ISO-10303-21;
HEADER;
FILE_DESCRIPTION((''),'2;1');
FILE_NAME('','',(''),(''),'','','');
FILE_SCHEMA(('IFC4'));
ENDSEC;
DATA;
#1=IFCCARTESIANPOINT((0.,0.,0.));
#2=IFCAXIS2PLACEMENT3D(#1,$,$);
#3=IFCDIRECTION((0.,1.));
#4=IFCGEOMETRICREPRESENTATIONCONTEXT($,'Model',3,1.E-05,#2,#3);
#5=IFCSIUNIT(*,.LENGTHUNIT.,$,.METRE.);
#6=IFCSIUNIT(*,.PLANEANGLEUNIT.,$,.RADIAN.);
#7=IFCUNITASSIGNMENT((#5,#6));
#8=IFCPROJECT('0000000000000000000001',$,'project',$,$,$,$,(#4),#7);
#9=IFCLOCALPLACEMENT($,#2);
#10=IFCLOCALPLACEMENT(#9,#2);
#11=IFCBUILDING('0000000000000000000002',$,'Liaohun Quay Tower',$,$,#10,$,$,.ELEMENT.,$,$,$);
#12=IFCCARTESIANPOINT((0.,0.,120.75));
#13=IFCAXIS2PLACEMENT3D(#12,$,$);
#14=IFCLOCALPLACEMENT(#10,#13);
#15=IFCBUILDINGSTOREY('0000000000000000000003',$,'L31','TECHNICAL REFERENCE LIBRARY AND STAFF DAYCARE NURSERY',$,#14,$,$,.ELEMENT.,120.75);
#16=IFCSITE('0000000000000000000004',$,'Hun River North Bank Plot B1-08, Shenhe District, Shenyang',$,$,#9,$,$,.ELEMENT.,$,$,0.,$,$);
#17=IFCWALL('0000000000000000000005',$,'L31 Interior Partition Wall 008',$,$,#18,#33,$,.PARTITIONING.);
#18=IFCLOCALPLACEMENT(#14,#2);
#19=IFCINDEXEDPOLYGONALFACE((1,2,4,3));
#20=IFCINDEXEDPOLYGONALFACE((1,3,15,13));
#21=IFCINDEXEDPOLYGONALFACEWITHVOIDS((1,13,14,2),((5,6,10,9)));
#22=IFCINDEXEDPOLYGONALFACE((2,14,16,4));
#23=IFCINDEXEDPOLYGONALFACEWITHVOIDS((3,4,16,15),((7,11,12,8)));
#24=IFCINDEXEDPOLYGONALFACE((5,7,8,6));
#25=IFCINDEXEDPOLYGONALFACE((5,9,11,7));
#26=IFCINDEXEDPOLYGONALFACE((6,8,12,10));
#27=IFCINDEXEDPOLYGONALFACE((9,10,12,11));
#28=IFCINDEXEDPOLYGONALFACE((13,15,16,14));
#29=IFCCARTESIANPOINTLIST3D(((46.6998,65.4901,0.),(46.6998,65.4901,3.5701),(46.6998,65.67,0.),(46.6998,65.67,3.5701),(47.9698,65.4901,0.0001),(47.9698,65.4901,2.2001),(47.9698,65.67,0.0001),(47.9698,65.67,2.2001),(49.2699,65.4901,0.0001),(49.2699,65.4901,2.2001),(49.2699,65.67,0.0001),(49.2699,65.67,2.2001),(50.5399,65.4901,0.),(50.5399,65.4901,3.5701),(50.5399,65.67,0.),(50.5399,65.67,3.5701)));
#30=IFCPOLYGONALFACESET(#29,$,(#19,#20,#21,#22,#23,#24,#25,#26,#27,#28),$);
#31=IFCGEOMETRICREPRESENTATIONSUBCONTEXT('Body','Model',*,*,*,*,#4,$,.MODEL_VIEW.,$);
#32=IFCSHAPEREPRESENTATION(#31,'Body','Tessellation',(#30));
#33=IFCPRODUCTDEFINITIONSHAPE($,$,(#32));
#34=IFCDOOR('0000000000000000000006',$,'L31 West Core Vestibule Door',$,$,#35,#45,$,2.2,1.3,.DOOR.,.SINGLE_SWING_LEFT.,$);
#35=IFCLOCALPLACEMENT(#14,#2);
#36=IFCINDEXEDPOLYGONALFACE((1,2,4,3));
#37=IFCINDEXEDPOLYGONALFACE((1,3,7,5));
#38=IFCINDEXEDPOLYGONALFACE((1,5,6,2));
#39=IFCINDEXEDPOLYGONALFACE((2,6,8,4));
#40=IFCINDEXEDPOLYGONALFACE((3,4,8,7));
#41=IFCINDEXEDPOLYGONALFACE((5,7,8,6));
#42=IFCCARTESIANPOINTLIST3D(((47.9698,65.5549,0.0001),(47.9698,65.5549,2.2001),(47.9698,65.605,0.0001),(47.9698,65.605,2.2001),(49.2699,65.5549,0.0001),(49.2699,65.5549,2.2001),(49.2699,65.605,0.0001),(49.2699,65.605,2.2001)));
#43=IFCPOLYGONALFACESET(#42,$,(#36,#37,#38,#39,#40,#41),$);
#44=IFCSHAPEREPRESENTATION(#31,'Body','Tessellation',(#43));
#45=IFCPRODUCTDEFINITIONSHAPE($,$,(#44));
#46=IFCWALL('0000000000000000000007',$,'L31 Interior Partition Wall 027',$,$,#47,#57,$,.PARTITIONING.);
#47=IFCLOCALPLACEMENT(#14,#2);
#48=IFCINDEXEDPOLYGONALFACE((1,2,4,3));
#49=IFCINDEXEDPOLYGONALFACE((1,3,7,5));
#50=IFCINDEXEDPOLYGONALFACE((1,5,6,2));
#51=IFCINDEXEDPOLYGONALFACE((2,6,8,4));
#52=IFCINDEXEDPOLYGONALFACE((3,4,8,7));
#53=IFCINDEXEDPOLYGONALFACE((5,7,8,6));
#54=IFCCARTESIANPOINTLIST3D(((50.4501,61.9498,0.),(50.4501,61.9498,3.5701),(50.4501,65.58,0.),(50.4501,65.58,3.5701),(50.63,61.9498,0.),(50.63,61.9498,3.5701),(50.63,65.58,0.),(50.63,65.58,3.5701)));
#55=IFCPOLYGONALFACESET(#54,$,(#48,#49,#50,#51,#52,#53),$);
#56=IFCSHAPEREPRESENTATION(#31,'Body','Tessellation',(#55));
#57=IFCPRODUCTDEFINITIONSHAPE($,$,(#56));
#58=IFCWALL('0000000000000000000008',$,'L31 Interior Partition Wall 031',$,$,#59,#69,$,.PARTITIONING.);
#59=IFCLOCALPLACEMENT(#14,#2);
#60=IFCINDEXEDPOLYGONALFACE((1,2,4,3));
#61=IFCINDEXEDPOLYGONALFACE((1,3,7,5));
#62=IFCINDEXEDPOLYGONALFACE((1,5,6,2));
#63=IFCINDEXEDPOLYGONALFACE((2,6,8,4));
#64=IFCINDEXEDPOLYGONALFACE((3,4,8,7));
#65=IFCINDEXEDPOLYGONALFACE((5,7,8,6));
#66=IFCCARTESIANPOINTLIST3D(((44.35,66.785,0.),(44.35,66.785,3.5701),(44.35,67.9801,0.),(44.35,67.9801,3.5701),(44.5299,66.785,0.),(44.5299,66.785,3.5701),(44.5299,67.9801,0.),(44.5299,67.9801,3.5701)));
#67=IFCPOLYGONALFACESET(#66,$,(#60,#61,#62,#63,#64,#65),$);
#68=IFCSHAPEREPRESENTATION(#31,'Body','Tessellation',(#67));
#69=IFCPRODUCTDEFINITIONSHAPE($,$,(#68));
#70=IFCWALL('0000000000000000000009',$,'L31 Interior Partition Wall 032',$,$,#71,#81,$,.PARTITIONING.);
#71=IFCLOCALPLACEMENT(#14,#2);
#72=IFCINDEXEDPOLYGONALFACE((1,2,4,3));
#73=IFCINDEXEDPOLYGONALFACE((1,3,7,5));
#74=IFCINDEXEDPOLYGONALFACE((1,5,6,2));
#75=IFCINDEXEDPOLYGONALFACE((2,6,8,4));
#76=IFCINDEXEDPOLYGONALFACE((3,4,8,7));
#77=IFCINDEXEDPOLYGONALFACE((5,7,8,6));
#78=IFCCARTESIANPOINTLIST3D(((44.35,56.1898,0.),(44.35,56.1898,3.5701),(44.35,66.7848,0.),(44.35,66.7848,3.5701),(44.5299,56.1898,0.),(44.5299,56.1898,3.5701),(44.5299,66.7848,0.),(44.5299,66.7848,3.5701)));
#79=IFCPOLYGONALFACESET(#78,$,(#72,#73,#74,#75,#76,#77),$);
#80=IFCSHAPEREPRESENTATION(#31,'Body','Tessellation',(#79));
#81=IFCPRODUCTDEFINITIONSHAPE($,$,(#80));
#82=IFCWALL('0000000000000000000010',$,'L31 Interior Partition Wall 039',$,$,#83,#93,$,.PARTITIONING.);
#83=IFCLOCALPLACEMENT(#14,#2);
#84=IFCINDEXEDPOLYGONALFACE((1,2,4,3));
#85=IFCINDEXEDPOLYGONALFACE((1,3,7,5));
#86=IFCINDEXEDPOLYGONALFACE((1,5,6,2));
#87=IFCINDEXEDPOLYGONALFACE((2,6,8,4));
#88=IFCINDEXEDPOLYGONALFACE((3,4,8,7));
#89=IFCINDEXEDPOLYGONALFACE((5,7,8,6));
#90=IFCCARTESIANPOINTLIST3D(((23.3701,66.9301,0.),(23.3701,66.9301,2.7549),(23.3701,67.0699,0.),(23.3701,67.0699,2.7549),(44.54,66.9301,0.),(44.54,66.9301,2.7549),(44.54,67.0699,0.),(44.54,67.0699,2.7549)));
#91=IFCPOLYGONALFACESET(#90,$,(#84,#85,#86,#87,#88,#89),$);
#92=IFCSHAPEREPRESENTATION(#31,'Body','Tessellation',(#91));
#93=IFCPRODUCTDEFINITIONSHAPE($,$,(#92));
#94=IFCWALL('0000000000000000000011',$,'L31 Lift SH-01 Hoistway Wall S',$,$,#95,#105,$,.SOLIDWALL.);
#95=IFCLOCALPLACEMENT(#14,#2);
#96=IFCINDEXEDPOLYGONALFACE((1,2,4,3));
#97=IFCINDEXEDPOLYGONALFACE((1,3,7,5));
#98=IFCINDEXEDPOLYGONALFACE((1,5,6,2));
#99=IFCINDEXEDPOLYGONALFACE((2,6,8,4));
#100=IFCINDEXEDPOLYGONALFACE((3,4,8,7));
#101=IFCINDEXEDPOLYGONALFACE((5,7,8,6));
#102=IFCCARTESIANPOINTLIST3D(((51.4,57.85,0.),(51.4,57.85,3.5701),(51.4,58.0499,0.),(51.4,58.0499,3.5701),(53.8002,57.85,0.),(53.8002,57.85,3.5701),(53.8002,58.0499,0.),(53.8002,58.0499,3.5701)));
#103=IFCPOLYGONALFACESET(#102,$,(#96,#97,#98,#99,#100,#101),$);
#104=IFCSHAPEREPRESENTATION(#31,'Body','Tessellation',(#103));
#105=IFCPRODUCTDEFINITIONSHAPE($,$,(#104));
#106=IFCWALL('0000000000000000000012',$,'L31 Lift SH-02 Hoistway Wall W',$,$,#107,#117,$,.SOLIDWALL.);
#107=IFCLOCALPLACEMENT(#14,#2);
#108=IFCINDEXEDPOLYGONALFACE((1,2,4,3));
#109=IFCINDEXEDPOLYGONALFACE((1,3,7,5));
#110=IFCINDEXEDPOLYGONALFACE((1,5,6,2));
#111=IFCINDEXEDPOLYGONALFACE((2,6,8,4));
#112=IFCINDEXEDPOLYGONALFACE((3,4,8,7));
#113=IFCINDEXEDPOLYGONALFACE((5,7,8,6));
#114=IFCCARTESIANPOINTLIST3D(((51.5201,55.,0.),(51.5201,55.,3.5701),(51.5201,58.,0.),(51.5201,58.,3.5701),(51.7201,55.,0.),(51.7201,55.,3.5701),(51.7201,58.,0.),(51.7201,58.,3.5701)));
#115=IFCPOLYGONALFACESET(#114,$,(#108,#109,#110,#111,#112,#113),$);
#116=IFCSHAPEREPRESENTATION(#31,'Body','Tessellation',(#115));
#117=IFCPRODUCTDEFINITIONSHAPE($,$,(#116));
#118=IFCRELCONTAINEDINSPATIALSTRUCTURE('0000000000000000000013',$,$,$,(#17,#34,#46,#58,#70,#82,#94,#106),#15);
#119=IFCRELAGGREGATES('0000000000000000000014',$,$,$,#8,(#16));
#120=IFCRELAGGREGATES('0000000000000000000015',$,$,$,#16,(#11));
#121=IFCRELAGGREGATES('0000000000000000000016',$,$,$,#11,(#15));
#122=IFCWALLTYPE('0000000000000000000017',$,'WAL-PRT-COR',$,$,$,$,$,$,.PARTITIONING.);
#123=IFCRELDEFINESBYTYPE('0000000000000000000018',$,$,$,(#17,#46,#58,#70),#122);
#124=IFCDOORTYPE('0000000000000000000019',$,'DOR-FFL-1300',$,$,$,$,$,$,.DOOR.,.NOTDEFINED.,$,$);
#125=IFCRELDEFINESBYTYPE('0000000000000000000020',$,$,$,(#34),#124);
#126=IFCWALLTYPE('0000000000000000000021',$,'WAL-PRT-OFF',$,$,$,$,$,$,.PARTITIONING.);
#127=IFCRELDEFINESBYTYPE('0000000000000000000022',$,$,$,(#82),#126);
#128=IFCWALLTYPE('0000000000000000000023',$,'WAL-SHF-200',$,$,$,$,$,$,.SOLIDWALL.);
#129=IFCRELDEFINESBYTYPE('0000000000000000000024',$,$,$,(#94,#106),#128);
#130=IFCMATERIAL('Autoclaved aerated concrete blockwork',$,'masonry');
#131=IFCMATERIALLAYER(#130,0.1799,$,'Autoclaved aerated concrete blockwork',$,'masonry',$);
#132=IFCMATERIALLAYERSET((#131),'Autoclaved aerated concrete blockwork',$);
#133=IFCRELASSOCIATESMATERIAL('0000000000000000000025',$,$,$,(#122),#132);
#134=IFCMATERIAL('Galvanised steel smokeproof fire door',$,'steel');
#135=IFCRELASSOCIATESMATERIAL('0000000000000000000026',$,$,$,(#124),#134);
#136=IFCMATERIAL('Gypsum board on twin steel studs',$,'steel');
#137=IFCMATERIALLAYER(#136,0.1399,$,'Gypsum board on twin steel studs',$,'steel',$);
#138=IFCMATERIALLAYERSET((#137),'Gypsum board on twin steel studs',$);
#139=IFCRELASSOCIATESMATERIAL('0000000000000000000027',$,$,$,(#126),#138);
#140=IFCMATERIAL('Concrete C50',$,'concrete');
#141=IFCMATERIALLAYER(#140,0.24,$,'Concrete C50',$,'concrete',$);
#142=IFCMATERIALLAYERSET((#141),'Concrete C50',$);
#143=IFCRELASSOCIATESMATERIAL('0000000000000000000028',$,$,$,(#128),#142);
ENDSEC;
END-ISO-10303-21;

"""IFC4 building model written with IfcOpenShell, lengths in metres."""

from ifc_helpers import new_model, si_unit, direction, frame, frame_2d, origin, place, context, subcontext, project, spatial, rectangle, extrude, source, transform, mapped, material, layer, layer_set, type_object, element, fill, save


model = new_model("IFC4")

# Units and contexts
model_context = context("Model", 3, precision=1e-05, world=origin(), true_north=direction((0.0, 1.0)))
body_context = subcontext(model_context, "Body", "Model", "MODEL_VIEW")
ifc_project = project(units=[si_unit("LENGTHUNIT", "METRE"), si_unit("PLANEANGLEUNIT", "RADIAN")], contexts=[model_context])

# Site, building, storey
site_placement = place(None, origin())
site = spatial("IfcSite", under=ifc_project, at=site_placement, Name="Hun River North Bank Plot B1-08, Shenhe District, Shenyang", CompositionType="ELEMENT", RefElevation=0.0)
building_placement = place(site_placement, origin())
building = spatial("IfcBuilding", under=site, at=building_placement, Name="Liaohun Quay Tower", CompositionType="ELEMENT")
storey_placement = place(building_placement, frame((0.0, 0.0, 120.75)))
storey = spatial("IfcBuildingStorey", under=building, at=storey_placement, Name="L31", Description="TECHNICAL REFERENCE LIBRARY AND STAFF DAYCARE NURSERY", CompositionType="ELEMENT", Elevation=120.75)

# Wall, opening, door
ifc_material_1 = material(Name="Autoclaved aerated concrete blockwork", Category="masonry")
ifc_layer_1 = layer(ifc_material_1, 0.1799, Name="Autoclaved aerated concrete blockwork", Category="masonry")
ifc_layer_set_1 = layer_set([ifc_layer_1], Name="Autoclaved aerated concrete blockwork")
wall_type_1 = type_object("IfcWallType", Name="WAL-PRT-COR", PredefinedType="PARTITIONING", material=ifc_layer_set_1)
wall_1_placement = place(storey_placement, frame((46.7, 65.5801, 0.0), z_axis=(0.0, 0.0, 1.0), x_axis=(1.0, 0.0, 0.0)))
wall_1 = element("IfcWall", 1, at=wall_1_placement, inside=storey, type_object=wall_type_1, Name="L31 Interior Partition Wall 008", PredefinedType="PARTITIONING", context=body_context, shape_type="SweptSolid", body=[
    extrude(rectangle(XDim=3.8401, YDim=0.1799, at=frame_2d((1.9199, 0.0))), origin(), (0.0, 0.0, 1.0), 3.5701),
])
shared_shape_1 = source(origin(), body_context, "Body", "SweptSolid", [
    extrude(rectangle(XDim=1.3, YDim=2.2, at=frame_2d((0.6499, 1.1001))), frame((0.0, 0.0999, 0.0), z_axis=(0.0, -1.0, 0.0), x_axis=(1.0, 0.0, 0.0)), (0.0, 0.0, 1.0), 0.2),
])
opening_1_placement = place(wall_1_placement, frame((1.27, 0.0, 0.0)))
opening_1 = element("IfcOpeningElement", 2, at=opening_1_placement, cuts=wall_1, PredefinedType="OPENING", context=body_context, shape_type="MappedRepresentation", body=[
    mapped(shared_shape_1, transform((0.0, 0.0, 0.0), x_axis=(1.0, 0.0, 0.0), y_axis=(0.0, 1.0, 0.0), z_axis=(0.0, 0.0, 1.0), scale=1.0)),
])
ifc_material_2 = material(Name="Galvanised steel smokeproof fire door", Category="steel")
door_type_1 = type_object("IfcDoorType", Name="DOR-FFL-1300", OperationType="NOTDEFINED", PredefinedType="DOOR", material=ifc_material_2)
shared_shape_2 = source(origin(), body_context, "Body", "SweptSolid", [
    extrude(rectangle(XDim=1.3, YDim=2.2, at=frame_2d((0.6499, 1.1001))), frame((0.0, 0.0249, 0.0), z_axis=(0.0, -1.0, 0.0), x_axis=(1.0, 0.0, 0.0)), (0.0, 0.0, 1.0), 0.05),
])
door_1_placement = place(opening_1_placement, origin())
door_1 = element("IfcDoor", 3, at=door_1_placement, inside=storey, type_object=door_type_1, Name="L31 West Core Vestibule Door", OperationType="SINGLE_SWING_LEFT", OverallHeight=2.2, OverallWidth=1.3, PredefinedType="DOOR", context=body_context, shape_type="MappedRepresentation", body=[
    mapped(shared_shape_2, transform((0.0, 0.0, 0.0), x_axis=(1.0, 0.0, 0.0), y_axis=(0.0, 1.0, 0.0), z_axis=(0.0, 0.0, 1.0), scale=1.0)),
])
fill(opening_1, door_1)

# Walls
wall_2_placement = place(storey_placement, frame((50.54, 61.95, 0.0), z_axis=(0.0, 0.0, 1.0), x_axis=(0.0, 1.0, 0.0)))
element("IfcWall", 4, at=wall_2_placement, inside=storey, type_object=wall_type_1, Name="L31 Interior Partition Wall 027", PredefinedType="PARTITIONING", context=body_context, shape_type="SweptSolid", body=[
    extrude(rectangle(XDim=3.6301, YDim=0.1799, at=frame_2d((1.8149, 0.0))), origin(), (0.0, 0.0, 1.0), 3.5701),
])
wall_3_placement = place(storey_placement, frame((44.4399, 66.7849, 0.0), z_axis=(0.0, 0.0, 1.0), x_axis=(0.0, 1.0, 0.0)))
element("IfcWall", 5, at=wall_3_placement, inside=storey, type_object=wall_type_1, Name="L31 Interior Partition Wall 031", PredefinedType="PARTITIONING", context=body_context, shape_type="SweptSolid", body=[
    extrude(rectangle(XDim=1.1951, YDim=0.1799, at=frame_2d((0.5977, 0.0))), origin(), (0.0, 0.0, 1.0), 3.5701),
])
wall_4_placement = place(storey_placement, frame((44.4399, 56.1899, 0.0), z_axis=(0.0, 0.0, 1.0), x_axis=(0.0, 1.0, 0.0)))
element("IfcWall", 6, at=wall_4_placement, inside=storey, type_object=wall_type_1, Name="L31 Interior Partition Wall 032", PredefinedType="PARTITIONING", context=body_context, shape_type="SweptSolid", body=[
    extrude(rectangle(XDim=10.595, YDim=0.1799, at=frame_2d((5.2974, 0.0))), origin(), (0.0, 0.0, 1.0), 3.5701),
])
ifc_material_3 = material(Name="Gypsum board on twin steel studs", Category="steel")
ifc_layer_2 = layer(ifc_material_3, 0.1399, Name="Gypsum board on twin steel studs", Category="steel")
ifc_layer_set_2 = layer_set([ifc_layer_2], Name="Gypsum board on twin steel studs")
wall_type_2 = type_object("IfcWallType", Name="WAL-PRT-OFF", PredefinedType="PARTITIONING", material=ifc_layer_set_2)
wall_5_placement = place(storey_placement, frame((44.54, 67.0, 0.0), z_axis=(0.0, 0.0, 1.0), x_axis=(-1.0, 0.0, 0.0)))
element("IfcWall", 7, at=wall_5_placement, inside=storey, type_object=wall_type_2, Name="L31 Interior Partition Wall 039", PredefinedType="PARTITIONING", context=body_context, shape_type="SweptSolid", body=[
    extrude(rectangle(XDim=21.1699, YDim=0.1399, at=frame_2d((10.585, 0.0))), origin(), (0.0, 0.0, 1.0), 2.7549),
])
ifc_material_4 = material(Name="Concrete C50", Category="concrete")
ifc_layer_3 = layer(ifc_material_4, 0.24, Name="Concrete C50", Category="concrete")
ifc_layer_set_3 = layer_set([ifc_layer_3], Name="Concrete C50")
wall_type_3 = type_object("IfcWallType", Name="WAL-SHF-200", PredefinedType="SOLIDWALL", material=ifc_layer_set_3)
wall_6_placement = place(storey_placement, frame((51.3999, 57.95, 0.0), z_axis=(0.0, 0.0, 1.0), x_axis=(1.0, 0.0, 0.0)))
element("IfcWall", 8, at=wall_6_placement, inside=storey, type_object=wall_type_3, Name="L31 Lift SH-01 Hoistway Wall S", PredefinedType="SOLIDWALL", context=body_context, shape_type="SweptSolid", body=[
    extrude(rectangle(XDim=2.4001, YDim=0.2, at=frame_2d((1.2002, 0.0))), origin(), (0.0, 0.0, 1.0), 3.5701),
])
wall_7_placement = place(storey_placement, frame((51.6201, 58.0, 0.0), z_axis=(0.0, 0.0, 1.0), x_axis=(0.0, -1.0, 0.0)))
element("IfcWall", 9, at=wall_7_placement, inside=storey, type_object=wall_type_3, Name="L31 Lift SH-02 Hoistway Wall W", PredefinedType="SOLIDWALL", context=body_context, shape_type="SweptSolid", body=[
    extrude(rectangle(XDim=3.0, YDim=0.2, at=frame_2d((1.5, 0.0))), origin(), (0.0, 0.0, 1.0), 3.5701),
])

save(model, "model.ifc")
